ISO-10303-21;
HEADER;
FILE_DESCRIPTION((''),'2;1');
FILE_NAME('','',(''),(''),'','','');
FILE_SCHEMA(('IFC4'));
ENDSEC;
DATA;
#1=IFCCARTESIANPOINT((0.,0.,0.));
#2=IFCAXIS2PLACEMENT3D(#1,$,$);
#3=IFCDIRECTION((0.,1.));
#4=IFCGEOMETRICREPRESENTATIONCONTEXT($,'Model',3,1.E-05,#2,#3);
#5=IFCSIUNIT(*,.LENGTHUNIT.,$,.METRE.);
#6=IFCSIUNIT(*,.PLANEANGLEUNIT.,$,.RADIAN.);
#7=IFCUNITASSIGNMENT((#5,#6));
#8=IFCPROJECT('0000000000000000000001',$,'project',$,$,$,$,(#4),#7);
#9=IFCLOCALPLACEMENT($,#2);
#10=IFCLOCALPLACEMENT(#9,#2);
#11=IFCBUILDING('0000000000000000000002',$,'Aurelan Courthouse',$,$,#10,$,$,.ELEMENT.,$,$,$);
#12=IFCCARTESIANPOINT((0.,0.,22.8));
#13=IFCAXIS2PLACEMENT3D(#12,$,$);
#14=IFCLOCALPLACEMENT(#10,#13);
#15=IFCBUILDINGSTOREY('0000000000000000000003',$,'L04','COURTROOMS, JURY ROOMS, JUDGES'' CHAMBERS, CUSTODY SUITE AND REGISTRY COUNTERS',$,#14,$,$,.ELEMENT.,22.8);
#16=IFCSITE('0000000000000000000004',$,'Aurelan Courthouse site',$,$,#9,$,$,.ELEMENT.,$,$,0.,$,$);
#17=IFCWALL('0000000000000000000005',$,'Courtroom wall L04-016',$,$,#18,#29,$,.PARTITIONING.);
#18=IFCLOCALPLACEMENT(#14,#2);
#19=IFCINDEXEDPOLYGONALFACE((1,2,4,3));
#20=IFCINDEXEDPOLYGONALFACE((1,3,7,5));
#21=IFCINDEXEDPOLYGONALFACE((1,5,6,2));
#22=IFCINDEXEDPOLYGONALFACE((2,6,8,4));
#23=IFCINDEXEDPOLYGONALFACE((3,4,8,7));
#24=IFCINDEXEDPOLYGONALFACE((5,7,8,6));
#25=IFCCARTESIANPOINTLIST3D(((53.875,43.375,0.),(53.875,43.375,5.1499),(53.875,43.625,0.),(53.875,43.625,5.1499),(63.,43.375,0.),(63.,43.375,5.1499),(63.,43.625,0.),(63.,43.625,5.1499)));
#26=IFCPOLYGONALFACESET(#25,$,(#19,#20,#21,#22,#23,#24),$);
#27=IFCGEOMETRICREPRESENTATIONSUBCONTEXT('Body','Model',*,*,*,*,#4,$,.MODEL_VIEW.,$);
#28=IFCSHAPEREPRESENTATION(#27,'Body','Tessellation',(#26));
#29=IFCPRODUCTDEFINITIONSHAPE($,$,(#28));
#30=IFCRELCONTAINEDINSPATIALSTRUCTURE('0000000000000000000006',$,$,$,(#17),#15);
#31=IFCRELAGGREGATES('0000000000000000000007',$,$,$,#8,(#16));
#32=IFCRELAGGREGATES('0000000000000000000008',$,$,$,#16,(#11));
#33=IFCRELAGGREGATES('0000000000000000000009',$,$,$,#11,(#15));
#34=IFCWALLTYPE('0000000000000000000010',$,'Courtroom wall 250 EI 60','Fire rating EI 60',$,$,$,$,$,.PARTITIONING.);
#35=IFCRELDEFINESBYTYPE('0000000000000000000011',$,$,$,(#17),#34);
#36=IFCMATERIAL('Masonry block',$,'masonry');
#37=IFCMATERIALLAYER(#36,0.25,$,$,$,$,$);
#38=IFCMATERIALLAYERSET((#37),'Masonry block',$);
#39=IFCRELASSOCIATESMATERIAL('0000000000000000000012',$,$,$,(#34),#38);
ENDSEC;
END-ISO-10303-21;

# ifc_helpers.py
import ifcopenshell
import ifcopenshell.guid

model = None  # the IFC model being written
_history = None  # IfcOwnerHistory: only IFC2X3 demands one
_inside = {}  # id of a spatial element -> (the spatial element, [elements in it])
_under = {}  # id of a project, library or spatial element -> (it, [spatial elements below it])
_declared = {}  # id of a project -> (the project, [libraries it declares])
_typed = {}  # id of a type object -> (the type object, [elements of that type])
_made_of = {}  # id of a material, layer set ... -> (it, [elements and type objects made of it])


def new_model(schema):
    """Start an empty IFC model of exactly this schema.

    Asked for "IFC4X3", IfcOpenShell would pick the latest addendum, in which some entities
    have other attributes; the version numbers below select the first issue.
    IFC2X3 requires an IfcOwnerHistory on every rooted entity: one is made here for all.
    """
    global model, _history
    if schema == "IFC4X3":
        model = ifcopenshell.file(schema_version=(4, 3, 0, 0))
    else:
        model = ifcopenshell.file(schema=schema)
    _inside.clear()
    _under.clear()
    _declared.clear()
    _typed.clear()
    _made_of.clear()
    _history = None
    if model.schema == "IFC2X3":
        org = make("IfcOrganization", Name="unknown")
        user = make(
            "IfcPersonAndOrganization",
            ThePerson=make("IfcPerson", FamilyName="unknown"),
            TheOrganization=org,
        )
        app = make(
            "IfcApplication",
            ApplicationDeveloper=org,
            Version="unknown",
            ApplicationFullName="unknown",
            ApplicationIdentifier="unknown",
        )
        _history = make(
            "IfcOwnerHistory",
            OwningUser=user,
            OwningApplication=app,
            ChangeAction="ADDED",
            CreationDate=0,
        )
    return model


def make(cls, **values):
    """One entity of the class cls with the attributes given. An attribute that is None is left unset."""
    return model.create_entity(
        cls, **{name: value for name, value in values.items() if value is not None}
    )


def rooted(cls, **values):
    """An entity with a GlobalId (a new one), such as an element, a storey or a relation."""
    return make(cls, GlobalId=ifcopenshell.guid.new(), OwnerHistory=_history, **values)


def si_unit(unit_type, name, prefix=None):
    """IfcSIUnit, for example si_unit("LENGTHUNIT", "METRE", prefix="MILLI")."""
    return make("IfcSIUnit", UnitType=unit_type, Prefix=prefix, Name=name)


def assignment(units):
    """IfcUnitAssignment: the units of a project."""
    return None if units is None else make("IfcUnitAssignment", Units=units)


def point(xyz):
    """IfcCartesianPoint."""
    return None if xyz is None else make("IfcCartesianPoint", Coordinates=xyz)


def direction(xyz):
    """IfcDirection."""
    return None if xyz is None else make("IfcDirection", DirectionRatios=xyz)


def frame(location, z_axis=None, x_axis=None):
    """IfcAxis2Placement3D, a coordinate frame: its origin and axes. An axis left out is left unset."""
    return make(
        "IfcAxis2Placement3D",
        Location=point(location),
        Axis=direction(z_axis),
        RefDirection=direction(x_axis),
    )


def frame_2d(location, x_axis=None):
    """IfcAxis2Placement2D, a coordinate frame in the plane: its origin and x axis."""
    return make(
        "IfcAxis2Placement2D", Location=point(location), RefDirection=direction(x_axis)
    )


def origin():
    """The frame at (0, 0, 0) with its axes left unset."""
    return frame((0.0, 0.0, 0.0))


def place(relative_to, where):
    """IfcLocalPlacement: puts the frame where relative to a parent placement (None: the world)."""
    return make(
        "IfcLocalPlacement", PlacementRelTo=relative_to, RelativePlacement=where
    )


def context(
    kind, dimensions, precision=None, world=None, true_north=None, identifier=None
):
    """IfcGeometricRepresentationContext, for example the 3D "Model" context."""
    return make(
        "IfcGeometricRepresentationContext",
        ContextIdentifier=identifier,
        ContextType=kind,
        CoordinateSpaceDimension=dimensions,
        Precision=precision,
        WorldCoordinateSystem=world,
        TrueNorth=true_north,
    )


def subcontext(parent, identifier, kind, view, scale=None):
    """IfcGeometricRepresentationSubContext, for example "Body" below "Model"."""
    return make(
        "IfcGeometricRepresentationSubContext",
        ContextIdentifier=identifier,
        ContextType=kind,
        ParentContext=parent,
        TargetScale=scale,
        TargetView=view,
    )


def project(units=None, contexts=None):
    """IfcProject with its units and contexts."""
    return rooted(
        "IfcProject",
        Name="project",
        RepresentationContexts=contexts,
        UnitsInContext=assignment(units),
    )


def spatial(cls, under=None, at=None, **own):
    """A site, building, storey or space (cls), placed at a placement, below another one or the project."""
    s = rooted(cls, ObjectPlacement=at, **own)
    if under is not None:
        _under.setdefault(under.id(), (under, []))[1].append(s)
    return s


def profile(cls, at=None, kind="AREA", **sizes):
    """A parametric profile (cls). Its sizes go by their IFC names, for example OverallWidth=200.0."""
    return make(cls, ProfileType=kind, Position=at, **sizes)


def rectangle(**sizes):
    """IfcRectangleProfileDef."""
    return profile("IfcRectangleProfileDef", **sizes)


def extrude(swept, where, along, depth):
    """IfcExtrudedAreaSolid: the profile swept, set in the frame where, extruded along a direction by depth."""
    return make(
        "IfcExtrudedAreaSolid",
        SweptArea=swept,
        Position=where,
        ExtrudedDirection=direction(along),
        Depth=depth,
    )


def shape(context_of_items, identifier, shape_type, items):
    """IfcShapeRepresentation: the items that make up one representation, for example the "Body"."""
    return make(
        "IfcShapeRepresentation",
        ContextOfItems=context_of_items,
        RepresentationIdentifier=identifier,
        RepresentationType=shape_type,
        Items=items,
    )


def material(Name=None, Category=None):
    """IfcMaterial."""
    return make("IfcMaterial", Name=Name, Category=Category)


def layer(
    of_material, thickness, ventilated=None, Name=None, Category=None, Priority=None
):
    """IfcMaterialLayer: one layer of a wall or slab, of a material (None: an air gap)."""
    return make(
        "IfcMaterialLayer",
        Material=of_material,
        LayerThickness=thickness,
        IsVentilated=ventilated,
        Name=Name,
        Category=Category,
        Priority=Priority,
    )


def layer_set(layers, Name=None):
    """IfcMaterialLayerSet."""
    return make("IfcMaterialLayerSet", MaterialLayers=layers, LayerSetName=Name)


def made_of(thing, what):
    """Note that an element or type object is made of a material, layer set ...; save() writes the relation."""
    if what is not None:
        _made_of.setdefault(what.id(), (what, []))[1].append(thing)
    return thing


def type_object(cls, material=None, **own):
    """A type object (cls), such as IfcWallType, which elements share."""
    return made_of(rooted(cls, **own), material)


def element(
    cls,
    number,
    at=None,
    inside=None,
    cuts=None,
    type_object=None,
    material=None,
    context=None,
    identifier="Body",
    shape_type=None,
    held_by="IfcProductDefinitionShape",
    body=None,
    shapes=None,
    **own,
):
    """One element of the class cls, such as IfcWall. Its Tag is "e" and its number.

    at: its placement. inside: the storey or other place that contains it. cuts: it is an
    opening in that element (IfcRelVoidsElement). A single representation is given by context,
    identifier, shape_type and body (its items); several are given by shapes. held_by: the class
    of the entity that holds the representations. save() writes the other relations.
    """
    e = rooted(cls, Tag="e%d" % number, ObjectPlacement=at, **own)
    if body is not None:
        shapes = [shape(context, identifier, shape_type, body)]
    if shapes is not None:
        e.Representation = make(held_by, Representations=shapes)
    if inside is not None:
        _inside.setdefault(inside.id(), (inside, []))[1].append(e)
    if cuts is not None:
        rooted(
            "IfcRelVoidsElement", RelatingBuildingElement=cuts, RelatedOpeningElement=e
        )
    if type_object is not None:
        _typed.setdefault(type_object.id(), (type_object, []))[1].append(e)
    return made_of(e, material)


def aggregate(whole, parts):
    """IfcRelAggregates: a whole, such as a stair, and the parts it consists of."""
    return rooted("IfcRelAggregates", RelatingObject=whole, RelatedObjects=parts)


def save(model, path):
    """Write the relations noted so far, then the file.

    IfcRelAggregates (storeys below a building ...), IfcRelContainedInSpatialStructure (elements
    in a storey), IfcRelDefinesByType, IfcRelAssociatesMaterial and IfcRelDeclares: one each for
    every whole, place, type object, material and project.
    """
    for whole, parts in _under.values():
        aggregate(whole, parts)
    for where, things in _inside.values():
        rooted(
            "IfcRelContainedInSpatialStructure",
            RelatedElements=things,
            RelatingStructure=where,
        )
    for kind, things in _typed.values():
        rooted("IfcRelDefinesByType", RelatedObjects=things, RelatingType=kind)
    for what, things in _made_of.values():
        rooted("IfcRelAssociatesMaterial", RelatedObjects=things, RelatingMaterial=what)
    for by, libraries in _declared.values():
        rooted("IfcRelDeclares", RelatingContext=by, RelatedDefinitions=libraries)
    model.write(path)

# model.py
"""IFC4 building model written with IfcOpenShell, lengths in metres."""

from ifc_helpers import new_model, si_unit, direction, frame, frame_2d, origin, place, context, subcontext, project, spatial, rectangle, extrude, material, layer, layer_set, type_object, element, save


model = new_model("IFC4")

# Units and contexts
model_context = context("Model", 3, precision=1e-05, world=origin(), true_north=direction((0.0, 1.0)))
body_context = subcontext(model_context, "Body", "Model", "MODEL_VIEW")
ifc_project = project(units=[si_unit("LENGTHUNIT", "METRE"), si_unit("PLANEANGLEUNIT", "RADIAN")], contexts=[model_context])

# Site, building, storey
site_placement = place(None, origin())
site = spatial("IfcSite", under=ifc_project, at=site_placement, Name="Aurelan Courthouse site", CompositionType="ELEMENT", RefElevation=0.0)
building_placement = place(site_placement, origin())
building = spatial("IfcBuilding", under=site, at=building_placement, Name="Aurelan Courthouse", CompositionType="ELEMENT")
storey_placement = place(building_placement, frame((0.0, 0.0, 22.8)))
storey = spatial("IfcBuildingStorey", under=building, at=storey_placement, Name="L04", Description="COURTROOMS, JURY ROOMS, JUDGES' CHAMBERS, CUSTODY SUITE AND REGISTRY COUNTERS", CompositionType="ELEMENT", Elevation=22.8)

# Wall
ifc_material_1 = material(Name="Masonry block", Category="masonry")
ifc_layer_1 = layer(ifc_material_1, 0.25)
ifc_layer_set_1 = layer_set([ifc_layer_1], Name="Masonry block")
wall_type = type_object("IfcWallType", Name="Courtroom wall 250 EI 60", Description="Fire rating EI 60", PredefinedType="PARTITIONING", material=ifc_layer_set_1)
wall_placement = place(storey_placement, frame((53.875, 43.5, 0.0), z_axis=(0.0, 0.0, 1.0), x_axis=(1.0, 0.0, 0.0)))
element("IfcWall", 1, at=wall_placement, inside=storey, type_object=wall_type, Name="Courtroom wall L04-016", PredefinedType="PARTITIONING", context=body_context, shape_type="SweptSolid", body=[
    extrude(rectangle(XDim=9.125, YDim=0.25, at=frame_2d((4.5625, 0.0))), origin(), (0.0, 0.0, 1.0), 5.1499),
])

save(model, "model.ifc")
